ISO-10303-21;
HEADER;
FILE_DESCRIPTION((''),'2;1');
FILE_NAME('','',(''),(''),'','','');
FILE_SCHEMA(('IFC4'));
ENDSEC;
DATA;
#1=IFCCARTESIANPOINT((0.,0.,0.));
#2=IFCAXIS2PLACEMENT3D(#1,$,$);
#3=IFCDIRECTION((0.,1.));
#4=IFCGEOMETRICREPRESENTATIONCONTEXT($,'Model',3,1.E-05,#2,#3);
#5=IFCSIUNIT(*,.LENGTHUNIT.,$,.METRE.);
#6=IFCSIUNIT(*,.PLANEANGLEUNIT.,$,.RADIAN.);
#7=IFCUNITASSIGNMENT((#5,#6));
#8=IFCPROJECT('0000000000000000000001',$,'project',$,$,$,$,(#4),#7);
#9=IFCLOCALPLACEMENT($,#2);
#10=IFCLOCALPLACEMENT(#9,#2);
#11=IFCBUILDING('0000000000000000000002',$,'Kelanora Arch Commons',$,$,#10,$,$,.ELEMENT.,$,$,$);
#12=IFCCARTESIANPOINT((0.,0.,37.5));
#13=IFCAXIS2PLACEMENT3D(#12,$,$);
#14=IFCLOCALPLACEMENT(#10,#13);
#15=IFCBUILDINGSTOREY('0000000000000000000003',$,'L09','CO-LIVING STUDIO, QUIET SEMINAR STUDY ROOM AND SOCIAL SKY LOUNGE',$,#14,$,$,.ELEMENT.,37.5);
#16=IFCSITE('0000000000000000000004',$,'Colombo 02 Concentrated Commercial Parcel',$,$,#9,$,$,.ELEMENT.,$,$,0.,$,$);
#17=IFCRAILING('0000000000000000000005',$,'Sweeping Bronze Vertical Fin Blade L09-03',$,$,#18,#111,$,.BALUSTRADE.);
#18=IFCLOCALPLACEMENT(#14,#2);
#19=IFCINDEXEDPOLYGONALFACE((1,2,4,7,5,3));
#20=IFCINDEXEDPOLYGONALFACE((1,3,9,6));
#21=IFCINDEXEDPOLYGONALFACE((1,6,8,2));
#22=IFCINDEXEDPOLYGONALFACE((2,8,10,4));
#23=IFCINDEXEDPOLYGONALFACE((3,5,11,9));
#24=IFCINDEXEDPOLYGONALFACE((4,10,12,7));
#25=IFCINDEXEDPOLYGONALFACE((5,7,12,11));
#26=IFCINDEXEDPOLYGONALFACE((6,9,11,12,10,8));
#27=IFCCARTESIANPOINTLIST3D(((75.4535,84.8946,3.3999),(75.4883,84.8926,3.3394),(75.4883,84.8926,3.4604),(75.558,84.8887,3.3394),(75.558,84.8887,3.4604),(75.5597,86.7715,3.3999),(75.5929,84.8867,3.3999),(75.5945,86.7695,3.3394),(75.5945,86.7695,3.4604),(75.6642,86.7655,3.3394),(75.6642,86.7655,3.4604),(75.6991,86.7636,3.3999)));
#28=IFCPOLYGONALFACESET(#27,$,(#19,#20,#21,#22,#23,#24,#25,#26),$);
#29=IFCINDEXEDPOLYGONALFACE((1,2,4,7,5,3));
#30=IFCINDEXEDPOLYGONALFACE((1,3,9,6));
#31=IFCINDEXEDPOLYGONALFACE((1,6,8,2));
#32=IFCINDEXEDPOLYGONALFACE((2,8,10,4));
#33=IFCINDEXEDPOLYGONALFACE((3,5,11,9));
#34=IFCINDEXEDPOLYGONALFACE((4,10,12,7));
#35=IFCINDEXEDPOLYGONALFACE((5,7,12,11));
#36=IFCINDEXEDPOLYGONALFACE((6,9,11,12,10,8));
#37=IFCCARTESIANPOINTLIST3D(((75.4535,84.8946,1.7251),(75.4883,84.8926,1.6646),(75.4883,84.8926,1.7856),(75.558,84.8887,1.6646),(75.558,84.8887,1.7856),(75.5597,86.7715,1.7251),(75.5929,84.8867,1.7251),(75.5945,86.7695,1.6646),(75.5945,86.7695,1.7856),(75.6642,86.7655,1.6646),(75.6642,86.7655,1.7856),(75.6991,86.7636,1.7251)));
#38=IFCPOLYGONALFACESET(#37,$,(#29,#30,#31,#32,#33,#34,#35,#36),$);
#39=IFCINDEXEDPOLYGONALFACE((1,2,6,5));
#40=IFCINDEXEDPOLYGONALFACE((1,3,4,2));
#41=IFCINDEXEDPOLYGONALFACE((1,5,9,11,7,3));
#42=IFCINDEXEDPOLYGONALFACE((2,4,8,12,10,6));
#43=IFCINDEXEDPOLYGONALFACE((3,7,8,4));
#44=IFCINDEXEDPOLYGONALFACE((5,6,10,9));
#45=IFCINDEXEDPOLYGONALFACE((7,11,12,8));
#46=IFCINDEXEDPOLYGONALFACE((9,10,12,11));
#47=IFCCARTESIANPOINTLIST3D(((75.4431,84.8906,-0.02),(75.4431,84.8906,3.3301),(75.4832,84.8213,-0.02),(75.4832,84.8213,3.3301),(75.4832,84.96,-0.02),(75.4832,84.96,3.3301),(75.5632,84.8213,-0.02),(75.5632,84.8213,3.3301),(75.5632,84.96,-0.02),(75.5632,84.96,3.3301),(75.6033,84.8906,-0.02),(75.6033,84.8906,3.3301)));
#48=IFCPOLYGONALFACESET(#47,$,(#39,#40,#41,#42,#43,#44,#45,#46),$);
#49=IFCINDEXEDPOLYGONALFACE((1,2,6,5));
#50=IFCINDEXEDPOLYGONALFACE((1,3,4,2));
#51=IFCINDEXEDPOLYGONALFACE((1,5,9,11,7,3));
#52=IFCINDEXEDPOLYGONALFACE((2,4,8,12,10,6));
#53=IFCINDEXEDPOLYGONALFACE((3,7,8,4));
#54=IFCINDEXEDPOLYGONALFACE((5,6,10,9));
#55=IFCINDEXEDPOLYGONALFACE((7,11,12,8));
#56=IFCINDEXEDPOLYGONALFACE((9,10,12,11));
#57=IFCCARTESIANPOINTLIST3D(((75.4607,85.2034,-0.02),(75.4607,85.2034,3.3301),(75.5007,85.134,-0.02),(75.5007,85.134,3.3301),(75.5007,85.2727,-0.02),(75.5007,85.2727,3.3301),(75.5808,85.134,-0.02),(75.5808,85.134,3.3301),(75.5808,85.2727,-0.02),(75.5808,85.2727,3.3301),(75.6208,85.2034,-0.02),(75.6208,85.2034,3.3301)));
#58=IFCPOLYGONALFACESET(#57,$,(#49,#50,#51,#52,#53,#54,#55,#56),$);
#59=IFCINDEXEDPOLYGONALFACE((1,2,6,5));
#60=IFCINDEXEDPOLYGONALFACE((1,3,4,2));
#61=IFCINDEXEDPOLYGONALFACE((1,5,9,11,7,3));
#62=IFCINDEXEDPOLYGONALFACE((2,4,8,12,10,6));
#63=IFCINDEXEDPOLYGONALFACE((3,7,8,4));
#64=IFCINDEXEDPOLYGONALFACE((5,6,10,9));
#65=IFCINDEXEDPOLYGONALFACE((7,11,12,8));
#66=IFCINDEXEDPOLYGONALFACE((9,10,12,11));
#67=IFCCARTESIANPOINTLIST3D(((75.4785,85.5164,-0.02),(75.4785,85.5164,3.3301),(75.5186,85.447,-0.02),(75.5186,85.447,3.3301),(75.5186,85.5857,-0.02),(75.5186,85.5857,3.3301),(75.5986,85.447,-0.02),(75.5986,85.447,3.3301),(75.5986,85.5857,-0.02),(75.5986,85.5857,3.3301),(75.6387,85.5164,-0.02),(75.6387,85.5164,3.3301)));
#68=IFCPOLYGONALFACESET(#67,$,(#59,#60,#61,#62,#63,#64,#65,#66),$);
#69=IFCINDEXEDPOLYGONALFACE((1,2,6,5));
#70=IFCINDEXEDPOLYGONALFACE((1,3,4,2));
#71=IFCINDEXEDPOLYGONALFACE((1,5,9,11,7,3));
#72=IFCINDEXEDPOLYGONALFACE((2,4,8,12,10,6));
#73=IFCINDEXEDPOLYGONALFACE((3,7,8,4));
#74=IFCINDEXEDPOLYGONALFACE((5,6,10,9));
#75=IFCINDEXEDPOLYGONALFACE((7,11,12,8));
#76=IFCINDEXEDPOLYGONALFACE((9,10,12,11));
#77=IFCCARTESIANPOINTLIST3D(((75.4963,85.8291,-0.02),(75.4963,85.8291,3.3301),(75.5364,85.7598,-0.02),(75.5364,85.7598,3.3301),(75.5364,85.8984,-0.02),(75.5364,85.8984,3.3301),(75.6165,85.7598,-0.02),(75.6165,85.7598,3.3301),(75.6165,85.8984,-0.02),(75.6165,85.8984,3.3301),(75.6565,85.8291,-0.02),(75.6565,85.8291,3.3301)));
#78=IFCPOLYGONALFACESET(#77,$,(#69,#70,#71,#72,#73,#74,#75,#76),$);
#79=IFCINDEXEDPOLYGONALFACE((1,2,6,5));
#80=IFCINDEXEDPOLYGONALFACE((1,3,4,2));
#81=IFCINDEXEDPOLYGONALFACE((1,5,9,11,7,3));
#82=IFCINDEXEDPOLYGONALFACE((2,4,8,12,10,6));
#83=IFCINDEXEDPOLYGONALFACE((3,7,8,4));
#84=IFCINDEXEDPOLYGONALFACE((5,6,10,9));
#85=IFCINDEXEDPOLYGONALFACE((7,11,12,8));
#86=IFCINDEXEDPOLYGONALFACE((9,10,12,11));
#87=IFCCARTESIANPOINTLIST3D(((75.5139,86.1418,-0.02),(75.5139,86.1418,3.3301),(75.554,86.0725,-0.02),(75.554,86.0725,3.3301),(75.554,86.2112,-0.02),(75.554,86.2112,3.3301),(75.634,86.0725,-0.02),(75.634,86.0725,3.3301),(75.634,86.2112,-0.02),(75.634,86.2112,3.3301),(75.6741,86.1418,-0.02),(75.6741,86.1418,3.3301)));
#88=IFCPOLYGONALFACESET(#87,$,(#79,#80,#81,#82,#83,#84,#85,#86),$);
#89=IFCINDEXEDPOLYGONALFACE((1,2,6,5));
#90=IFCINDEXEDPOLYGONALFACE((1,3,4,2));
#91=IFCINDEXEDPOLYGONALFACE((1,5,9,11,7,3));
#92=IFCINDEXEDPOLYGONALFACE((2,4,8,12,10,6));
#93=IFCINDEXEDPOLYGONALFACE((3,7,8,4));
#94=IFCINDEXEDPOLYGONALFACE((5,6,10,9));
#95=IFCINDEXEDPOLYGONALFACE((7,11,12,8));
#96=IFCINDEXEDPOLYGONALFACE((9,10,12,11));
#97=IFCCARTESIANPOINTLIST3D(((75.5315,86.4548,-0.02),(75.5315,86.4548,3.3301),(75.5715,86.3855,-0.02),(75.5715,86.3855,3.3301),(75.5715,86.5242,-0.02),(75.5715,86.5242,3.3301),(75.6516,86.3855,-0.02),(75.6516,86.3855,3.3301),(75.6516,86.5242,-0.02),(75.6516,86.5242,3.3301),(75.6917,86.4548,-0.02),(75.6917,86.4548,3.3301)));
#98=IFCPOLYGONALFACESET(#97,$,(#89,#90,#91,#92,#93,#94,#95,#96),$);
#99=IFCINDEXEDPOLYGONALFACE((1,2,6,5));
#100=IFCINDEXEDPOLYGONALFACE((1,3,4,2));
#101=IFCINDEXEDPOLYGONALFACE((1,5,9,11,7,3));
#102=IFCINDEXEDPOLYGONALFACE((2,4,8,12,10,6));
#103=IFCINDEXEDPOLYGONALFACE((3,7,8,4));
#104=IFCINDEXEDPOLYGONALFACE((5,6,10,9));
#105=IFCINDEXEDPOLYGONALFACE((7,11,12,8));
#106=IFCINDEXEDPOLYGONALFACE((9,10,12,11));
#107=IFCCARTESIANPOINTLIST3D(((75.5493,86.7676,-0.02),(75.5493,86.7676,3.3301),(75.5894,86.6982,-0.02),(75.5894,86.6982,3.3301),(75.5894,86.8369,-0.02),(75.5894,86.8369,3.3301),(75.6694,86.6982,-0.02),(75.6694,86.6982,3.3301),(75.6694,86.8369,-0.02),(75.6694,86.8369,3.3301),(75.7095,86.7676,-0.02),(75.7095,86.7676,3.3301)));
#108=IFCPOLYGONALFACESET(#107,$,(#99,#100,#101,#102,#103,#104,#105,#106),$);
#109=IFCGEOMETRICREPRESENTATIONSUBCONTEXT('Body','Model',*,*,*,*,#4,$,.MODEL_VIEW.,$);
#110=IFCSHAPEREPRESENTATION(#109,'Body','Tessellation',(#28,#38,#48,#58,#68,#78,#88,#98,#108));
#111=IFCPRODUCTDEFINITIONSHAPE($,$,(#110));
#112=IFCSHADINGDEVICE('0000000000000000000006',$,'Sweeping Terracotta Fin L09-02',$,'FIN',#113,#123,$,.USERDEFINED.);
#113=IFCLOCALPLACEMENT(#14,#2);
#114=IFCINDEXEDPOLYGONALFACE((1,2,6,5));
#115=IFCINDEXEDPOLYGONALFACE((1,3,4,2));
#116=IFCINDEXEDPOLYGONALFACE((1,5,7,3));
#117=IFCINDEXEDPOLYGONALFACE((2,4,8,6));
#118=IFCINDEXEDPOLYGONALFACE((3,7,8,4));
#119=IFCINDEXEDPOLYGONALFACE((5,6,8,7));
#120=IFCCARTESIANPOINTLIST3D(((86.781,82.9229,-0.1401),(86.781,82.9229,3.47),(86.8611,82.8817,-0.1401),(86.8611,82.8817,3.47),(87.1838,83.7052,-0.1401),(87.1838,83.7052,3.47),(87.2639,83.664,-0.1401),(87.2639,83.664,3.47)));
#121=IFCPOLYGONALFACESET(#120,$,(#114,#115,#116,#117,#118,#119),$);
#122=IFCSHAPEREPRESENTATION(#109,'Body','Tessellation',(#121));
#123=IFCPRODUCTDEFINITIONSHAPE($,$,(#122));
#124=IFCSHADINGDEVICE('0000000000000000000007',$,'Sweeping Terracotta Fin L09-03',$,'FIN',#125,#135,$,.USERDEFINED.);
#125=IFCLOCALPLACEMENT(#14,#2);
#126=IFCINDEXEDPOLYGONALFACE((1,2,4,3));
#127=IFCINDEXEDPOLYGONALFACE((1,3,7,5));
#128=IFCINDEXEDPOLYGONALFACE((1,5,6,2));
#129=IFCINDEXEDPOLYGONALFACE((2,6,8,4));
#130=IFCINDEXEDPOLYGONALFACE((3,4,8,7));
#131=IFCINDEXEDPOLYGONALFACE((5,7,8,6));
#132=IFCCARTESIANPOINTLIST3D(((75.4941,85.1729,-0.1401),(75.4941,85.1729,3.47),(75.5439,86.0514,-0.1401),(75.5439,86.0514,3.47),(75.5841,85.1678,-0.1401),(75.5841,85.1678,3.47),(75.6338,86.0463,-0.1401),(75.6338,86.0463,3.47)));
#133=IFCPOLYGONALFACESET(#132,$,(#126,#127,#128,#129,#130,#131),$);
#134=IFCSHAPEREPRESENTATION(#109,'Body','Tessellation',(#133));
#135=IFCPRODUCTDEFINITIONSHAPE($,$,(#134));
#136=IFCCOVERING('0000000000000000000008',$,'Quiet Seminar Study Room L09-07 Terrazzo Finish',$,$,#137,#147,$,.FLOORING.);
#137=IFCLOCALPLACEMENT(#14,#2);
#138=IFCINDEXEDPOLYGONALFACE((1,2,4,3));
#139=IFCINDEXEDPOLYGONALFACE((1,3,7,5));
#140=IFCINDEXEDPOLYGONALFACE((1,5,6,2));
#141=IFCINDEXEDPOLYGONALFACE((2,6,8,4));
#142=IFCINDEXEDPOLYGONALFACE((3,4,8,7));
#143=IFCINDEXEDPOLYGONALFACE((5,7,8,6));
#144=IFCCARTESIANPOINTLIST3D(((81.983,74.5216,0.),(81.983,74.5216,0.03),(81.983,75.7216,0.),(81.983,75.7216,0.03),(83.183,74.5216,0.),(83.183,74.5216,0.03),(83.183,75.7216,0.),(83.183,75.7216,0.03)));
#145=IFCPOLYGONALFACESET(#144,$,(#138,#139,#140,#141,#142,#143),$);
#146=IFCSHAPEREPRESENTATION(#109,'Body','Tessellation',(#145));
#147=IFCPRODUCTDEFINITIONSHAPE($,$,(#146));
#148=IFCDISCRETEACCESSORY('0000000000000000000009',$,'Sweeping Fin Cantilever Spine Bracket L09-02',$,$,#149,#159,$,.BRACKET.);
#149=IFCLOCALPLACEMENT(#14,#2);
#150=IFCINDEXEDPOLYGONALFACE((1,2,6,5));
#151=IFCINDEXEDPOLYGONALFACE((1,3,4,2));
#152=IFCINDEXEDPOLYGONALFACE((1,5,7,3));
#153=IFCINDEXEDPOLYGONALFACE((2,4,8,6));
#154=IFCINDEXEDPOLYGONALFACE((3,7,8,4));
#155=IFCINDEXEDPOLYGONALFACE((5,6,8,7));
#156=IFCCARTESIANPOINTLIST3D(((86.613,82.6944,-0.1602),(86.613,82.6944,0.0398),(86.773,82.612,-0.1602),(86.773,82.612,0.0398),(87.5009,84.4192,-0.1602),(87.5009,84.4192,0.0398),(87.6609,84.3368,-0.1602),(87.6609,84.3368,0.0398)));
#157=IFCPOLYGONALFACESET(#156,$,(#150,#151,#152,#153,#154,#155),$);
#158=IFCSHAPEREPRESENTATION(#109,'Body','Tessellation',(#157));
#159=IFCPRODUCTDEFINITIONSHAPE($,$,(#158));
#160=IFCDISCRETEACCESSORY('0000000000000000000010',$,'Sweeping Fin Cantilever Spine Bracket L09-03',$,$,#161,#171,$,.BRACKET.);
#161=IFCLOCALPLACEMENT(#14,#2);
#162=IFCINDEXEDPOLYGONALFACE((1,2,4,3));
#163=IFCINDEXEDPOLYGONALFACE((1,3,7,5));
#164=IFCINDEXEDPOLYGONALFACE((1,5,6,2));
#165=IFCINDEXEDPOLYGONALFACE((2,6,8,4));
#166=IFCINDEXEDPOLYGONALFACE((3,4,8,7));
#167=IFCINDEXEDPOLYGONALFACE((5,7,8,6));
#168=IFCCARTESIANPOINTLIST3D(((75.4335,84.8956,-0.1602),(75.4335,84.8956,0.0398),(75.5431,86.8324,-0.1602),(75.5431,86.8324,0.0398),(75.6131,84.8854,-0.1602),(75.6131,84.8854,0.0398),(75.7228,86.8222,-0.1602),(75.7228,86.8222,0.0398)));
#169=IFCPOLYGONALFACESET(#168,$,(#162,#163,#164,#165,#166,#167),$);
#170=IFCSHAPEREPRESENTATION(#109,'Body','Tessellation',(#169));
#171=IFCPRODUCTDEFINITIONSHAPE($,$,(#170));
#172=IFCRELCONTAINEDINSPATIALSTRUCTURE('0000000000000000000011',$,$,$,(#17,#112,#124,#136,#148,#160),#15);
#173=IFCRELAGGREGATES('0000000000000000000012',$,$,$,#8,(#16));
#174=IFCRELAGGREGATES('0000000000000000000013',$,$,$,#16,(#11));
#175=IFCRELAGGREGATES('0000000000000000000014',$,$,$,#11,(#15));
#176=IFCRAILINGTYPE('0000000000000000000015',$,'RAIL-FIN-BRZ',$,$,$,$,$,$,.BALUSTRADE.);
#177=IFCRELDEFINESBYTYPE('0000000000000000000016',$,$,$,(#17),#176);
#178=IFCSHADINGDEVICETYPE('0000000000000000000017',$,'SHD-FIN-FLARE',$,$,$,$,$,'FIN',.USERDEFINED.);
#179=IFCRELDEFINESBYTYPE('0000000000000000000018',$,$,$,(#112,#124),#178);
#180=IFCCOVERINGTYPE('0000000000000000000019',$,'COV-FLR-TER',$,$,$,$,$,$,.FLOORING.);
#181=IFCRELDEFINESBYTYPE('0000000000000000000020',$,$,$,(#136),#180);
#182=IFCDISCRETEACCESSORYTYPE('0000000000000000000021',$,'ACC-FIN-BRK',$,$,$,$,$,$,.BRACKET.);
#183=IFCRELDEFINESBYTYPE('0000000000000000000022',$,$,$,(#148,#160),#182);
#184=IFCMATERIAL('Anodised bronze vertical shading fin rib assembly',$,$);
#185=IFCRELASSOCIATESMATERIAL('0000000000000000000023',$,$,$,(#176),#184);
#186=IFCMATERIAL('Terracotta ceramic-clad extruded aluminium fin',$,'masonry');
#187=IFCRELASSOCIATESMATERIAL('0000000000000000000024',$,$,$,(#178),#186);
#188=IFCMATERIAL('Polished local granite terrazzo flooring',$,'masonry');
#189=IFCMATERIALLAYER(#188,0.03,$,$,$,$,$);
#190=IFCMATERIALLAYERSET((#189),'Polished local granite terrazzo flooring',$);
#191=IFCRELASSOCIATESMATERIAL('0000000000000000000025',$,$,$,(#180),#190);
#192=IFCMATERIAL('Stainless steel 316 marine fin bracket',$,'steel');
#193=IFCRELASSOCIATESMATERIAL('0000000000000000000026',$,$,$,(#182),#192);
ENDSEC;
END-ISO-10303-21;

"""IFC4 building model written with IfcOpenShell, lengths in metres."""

from ifc_helpers import new_model, si_unit, direction, frame, origin, origin_2d, place, context, subcontext, project, spatial, polyline, rectangle, outline, extrude, source, transform, mapped, material, layer, layer_set, type_object, element, save


model = new_model("IFC4")

# Units and contexts
model_context = context("Model", 3, precision=1e-05, world=origin(), true_north=direction((0.0, 1.0)))
body_context = subcontext(model_context, "Body", "Model", "MODEL_VIEW")
ifc_project = project(units=[si_unit("LENGTHUNIT", "METRE"), si_unit("PLANEANGLEUNIT", "RADIAN")], contexts=[model_context])

# Site, building, storey
site_placement = place(None, origin())
site = spatial("IfcSite", under=ifc_project, at=site_placement, Name="Colombo 02 Concentrated Commercial Parcel", CompositionType="ELEMENT", RefElevation=0.0)
building_placement = place(site_placement, origin())
building = spatial("IfcBuilding", under=site, at=building_placement, Name="Kelanora Arch Commons", CompositionType="ELEMENT")
storey_placement = place(building_placement, frame((0.0, 0.0, 37.5)))
storey = spatial("IfcBuildingStorey", under=building, at=storey_placement, Name="L09", Description="CO-LIVING STUDIO, QUIET SEMINAR STUDY ROOM AND SOCIAL SKY LOUNGE", CompositionType="ELEMENT", Elevation=37.5)

# Railing
ifc_material_1 = material(Name="Anodised bronze vertical shading fin rib assembly")
railing_type = type_object("IfcRailingType", Name="RAIL-FIN-BRZ", PredefinedType="BALUSTRADE", material=ifc_material_1)
railing_1_placement = place(storey_placement, frame((75.5232, 84.8906, -0.02)))
element("IfcRailing", 1, at=railing_1_placement, inside=storey, type_object=railing_type, Name="Sweeping Bronze Vertical Fin Blade L09-03", PredefinedType="BALUSTRADE", context=body_context, shape_type="SweptSolid", body=[
    extrude(outline(polyline([(0.0698, 0.0), (0.0349, 0.0605), (-0.0349, 0.0605), (-0.0698, 0.0), (-0.0349, -0.0605), (0.0349, -0.0605), (0.0698, 0.0)])), frame((0.0, 0.0, 3.4199), z_axis=(0.056491, 0.998403, 0.0), x_axis=(-0.998403, 0.056491, 0.0)), (0.0, 0.0, 1.0), 1.8799),
    extrude(outline(polyline([(0.0698, 0.0), (0.0349, 0.0605), (-0.0349, 0.0605), (-0.0698, 0.0), (-0.0349, -0.0605), (0.0349, -0.0605), (0.0698, 0.0)])), frame((0.0, 0.0, 1.7451), z_axis=(0.056491, 0.998403, 0.0), x_axis=(-0.998403, 0.056491, 0.0)), (0.0, 0.0, 1.0), 1.8799),
    extrude(outline(polyline([(0.0801, 0.0), (0.04, 0.0693), (-0.04, 0.0693), (-0.0801, 0.0), (-0.04, -0.0693), (0.04, -0.0693), (0.0801, 0.0)])), origin(), (0.0, 0.0, 1.0), 3.3501),
    extrude(outline(polyline([(0.0801, 0.0), (0.04, 0.0693), (-0.04, 0.0693), (-0.0801, 0.0), (-0.04, -0.0693), (0.04, -0.0693), (0.0801, 0.0)])), frame((0.0176, 0.3127, 0.0)), (0.0, 0.0, 1.0), 3.3501),
    extrude(outline(polyline([(0.0801, 0.0), (0.04, 0.0693), (-0.04, 0.0693), (-0.0801, 0.0), (-0.04, -0.0693), (0.04, -0.0693), (0.0801, 0.0)])), frame((0.0354, 0.6257, 0.0)), (0.0, 0.0, 1.0), 3.3501),
    extrude(outline(polyline([(0.0801, 0.0), (0.04, 0.0693), (-0.04, 0.0693), (-0.0801, 0.0), (-0.04, -0.0693), (0.04, -0.0693), (0.0801, 0.0)])), frame((0.0532, 0.9385, 0.0)), (0.0, 0.0, 1.0), 3.3501),
    extrude(outline(polyline([(0.0801, 0.0), (0.04, 0.0693), (-0.04, 0.0693), (-0.0801, 0.0), (-0.04, -0.0693), (0.04, -0.0693), (0.0801, 0.0)])), frame((0.0708, 1.2512, 0.0)), (0.0, 0.0, 1.0), 3.3501),
    extrude(outline(polyline([(0.0801, 0.0), (0.04, 0.0693), (-0.04, 0.0693), (-0.0801, 0.0), (-0.04, -0.0693), (0.04, -0.0693), (0.0801, 0.0)])), frame((0.0884, 1.5642, 0.0)), (0.0, 0.0, 1.0), 3.3501),
    extrude(outline(polyline([(0.0801, 0.0), (0.04, 0.0693), (-0.04, 0.0693), (-0.0801, 0.0), (-0.04, -0.0693), (0.04, -0.0693), (0.0801, 0.0)])), frame((0.1062, 1.877, 0.0)), (0.0, 0.0, 1.0), 3.3501),
])

# Shading devices
ifc_material_2 = material(Name="Terracotta ceramic-clad extruded aluminium fin", Category="masonry")
shading_device_type = type_object("IfcShadingDeviceType", Name="SHD-FIN-FLARE", ElementType="FIN", PredefinedType="USERDEFINED", material=ifc_material_2)
shared_shape_1 = source(origin(), body_context, "Body", "SweptSolid", [
    extrude(rectangle(XDim=0.8799, YDim=0.0901, at=origin_2d()), origin(), (0.0, 0.0, 1.0), 3.6101),
])
for number, where, z_axis, x_axis, name in (
    (2, (87.0225, 83.2935, -0.1401), (0.0, 0.0, 1.0), (0.457719, 0.889097, 0.0), "Sweeping Terracotta Fin L09-02"),
    (3, (75.564, 85.6096, -0.1401), (0.0, 0.0, 1.0), (0.056519, 0.998402, 0.0), "Sweeping Terracotta Fin L09-03"),
):
    element("IfcShadingDevice", number, at=place(storey_placement, frame(where, z_axis=z_axis, x_axis=x_axis)), inside=storey, type_object=shading_device_type, Name=name, ObjectType="FIN", PredefinedType="USERDEFINED", context=body_context, shape_type="MappedRepresentation", body=[
        mapped(shared_shape_1, transform((0.0, 0.0, 0.0), scale=1.0)),
    ])

# Covering
ifc_material_3 = material(Name="Polished local granite terrazzo flooring", Category="masonry")
ifc_layer_1 = layer(ifc_material_3, 0.03)
ifc_layer_set_1 = layer_set([ifc_layer_1], Name="Polished local granite terrazzo flooring")
covering_type = type_object("IfcCoveringType", Name="COV-FLR-TER", PredefinedType="FLOORING", material=ifc_layer_set_1)
shared_shape_2 = source(origin(), body_context, "Body", "SweptSolid", [
    extrude(rectangle(XDim=1.2, YDim=1.2, at=origin_2d()), origin(), (0.0, 0.0, 1.0), 0.03),
])
covering_placement = place(storey_placement, frame((82.583, 75.1216, 0.0), z_axis=(0.0, 0.0, 1.0), x_axis=(1.0, 0.0, 0.0)))
element("IfcCovering", 4, at=covering_placement, inside=storey, type_object=covering_type, Name="Quiet Seminar Study Room L09-07 Terrazzo Finish", PredefinedType="FLOORING", context=body_context, shape_type="MappedRepresentation", body=[
    mapped(shared_shape_2, transform((0.0, 0.0, 0.0), scale=1.0)),
])

# Discrete accessories
ifc_material_4 = material(Name="Stainless steel 316 marine fin bracket", Category="steel")
discrete_accessory_type = type_object("IfcDiscreteAccessoryType", Name="ACC-FIN-BRK", PredefinedType="BRACKET", material=ifc_material_4)
shared_shape_3 = source(origin(), body_context, "Body", "SweptSolid", [
    extrude(rectangle(XDim=1.9399, YDim=0.1799, at=origin_2d()), origin(), (0.0, 0.0, 1.0), 0.2),
])
for number, where, z_axis, x_axis, name in (
    (5, (87.137, 83.5156, -0.1602), (0.0, 0.0, 1.0), (0.457719, 0.889097, 0.0), "Sweeping Fin Cantilever Spine Bracket L09-02"),
    (6, (75.5781, 85.8589, -0.1602), (0.0, 0.0, 1.0), (0.056519, 0.998402, 0.0), "Sweeping Fin Cantilever Spine Bracket L09-03"),
):
    element("IfcDiscreteAccessory", number, at=place(storey_placement, frame(where, z_axis=z_axis, x_axis=x_axis)), inside=storey, type_object=discrete_accessory_type, Name=name, PredefinedType="BRACKET", context=body_context, shape_type="MappedRepresentation", body=[
        mapped(shared_shape_3, transform((0.0, 0.0, 0.0), scale=1.0)),
    ])

save(model, "model.ifc")
